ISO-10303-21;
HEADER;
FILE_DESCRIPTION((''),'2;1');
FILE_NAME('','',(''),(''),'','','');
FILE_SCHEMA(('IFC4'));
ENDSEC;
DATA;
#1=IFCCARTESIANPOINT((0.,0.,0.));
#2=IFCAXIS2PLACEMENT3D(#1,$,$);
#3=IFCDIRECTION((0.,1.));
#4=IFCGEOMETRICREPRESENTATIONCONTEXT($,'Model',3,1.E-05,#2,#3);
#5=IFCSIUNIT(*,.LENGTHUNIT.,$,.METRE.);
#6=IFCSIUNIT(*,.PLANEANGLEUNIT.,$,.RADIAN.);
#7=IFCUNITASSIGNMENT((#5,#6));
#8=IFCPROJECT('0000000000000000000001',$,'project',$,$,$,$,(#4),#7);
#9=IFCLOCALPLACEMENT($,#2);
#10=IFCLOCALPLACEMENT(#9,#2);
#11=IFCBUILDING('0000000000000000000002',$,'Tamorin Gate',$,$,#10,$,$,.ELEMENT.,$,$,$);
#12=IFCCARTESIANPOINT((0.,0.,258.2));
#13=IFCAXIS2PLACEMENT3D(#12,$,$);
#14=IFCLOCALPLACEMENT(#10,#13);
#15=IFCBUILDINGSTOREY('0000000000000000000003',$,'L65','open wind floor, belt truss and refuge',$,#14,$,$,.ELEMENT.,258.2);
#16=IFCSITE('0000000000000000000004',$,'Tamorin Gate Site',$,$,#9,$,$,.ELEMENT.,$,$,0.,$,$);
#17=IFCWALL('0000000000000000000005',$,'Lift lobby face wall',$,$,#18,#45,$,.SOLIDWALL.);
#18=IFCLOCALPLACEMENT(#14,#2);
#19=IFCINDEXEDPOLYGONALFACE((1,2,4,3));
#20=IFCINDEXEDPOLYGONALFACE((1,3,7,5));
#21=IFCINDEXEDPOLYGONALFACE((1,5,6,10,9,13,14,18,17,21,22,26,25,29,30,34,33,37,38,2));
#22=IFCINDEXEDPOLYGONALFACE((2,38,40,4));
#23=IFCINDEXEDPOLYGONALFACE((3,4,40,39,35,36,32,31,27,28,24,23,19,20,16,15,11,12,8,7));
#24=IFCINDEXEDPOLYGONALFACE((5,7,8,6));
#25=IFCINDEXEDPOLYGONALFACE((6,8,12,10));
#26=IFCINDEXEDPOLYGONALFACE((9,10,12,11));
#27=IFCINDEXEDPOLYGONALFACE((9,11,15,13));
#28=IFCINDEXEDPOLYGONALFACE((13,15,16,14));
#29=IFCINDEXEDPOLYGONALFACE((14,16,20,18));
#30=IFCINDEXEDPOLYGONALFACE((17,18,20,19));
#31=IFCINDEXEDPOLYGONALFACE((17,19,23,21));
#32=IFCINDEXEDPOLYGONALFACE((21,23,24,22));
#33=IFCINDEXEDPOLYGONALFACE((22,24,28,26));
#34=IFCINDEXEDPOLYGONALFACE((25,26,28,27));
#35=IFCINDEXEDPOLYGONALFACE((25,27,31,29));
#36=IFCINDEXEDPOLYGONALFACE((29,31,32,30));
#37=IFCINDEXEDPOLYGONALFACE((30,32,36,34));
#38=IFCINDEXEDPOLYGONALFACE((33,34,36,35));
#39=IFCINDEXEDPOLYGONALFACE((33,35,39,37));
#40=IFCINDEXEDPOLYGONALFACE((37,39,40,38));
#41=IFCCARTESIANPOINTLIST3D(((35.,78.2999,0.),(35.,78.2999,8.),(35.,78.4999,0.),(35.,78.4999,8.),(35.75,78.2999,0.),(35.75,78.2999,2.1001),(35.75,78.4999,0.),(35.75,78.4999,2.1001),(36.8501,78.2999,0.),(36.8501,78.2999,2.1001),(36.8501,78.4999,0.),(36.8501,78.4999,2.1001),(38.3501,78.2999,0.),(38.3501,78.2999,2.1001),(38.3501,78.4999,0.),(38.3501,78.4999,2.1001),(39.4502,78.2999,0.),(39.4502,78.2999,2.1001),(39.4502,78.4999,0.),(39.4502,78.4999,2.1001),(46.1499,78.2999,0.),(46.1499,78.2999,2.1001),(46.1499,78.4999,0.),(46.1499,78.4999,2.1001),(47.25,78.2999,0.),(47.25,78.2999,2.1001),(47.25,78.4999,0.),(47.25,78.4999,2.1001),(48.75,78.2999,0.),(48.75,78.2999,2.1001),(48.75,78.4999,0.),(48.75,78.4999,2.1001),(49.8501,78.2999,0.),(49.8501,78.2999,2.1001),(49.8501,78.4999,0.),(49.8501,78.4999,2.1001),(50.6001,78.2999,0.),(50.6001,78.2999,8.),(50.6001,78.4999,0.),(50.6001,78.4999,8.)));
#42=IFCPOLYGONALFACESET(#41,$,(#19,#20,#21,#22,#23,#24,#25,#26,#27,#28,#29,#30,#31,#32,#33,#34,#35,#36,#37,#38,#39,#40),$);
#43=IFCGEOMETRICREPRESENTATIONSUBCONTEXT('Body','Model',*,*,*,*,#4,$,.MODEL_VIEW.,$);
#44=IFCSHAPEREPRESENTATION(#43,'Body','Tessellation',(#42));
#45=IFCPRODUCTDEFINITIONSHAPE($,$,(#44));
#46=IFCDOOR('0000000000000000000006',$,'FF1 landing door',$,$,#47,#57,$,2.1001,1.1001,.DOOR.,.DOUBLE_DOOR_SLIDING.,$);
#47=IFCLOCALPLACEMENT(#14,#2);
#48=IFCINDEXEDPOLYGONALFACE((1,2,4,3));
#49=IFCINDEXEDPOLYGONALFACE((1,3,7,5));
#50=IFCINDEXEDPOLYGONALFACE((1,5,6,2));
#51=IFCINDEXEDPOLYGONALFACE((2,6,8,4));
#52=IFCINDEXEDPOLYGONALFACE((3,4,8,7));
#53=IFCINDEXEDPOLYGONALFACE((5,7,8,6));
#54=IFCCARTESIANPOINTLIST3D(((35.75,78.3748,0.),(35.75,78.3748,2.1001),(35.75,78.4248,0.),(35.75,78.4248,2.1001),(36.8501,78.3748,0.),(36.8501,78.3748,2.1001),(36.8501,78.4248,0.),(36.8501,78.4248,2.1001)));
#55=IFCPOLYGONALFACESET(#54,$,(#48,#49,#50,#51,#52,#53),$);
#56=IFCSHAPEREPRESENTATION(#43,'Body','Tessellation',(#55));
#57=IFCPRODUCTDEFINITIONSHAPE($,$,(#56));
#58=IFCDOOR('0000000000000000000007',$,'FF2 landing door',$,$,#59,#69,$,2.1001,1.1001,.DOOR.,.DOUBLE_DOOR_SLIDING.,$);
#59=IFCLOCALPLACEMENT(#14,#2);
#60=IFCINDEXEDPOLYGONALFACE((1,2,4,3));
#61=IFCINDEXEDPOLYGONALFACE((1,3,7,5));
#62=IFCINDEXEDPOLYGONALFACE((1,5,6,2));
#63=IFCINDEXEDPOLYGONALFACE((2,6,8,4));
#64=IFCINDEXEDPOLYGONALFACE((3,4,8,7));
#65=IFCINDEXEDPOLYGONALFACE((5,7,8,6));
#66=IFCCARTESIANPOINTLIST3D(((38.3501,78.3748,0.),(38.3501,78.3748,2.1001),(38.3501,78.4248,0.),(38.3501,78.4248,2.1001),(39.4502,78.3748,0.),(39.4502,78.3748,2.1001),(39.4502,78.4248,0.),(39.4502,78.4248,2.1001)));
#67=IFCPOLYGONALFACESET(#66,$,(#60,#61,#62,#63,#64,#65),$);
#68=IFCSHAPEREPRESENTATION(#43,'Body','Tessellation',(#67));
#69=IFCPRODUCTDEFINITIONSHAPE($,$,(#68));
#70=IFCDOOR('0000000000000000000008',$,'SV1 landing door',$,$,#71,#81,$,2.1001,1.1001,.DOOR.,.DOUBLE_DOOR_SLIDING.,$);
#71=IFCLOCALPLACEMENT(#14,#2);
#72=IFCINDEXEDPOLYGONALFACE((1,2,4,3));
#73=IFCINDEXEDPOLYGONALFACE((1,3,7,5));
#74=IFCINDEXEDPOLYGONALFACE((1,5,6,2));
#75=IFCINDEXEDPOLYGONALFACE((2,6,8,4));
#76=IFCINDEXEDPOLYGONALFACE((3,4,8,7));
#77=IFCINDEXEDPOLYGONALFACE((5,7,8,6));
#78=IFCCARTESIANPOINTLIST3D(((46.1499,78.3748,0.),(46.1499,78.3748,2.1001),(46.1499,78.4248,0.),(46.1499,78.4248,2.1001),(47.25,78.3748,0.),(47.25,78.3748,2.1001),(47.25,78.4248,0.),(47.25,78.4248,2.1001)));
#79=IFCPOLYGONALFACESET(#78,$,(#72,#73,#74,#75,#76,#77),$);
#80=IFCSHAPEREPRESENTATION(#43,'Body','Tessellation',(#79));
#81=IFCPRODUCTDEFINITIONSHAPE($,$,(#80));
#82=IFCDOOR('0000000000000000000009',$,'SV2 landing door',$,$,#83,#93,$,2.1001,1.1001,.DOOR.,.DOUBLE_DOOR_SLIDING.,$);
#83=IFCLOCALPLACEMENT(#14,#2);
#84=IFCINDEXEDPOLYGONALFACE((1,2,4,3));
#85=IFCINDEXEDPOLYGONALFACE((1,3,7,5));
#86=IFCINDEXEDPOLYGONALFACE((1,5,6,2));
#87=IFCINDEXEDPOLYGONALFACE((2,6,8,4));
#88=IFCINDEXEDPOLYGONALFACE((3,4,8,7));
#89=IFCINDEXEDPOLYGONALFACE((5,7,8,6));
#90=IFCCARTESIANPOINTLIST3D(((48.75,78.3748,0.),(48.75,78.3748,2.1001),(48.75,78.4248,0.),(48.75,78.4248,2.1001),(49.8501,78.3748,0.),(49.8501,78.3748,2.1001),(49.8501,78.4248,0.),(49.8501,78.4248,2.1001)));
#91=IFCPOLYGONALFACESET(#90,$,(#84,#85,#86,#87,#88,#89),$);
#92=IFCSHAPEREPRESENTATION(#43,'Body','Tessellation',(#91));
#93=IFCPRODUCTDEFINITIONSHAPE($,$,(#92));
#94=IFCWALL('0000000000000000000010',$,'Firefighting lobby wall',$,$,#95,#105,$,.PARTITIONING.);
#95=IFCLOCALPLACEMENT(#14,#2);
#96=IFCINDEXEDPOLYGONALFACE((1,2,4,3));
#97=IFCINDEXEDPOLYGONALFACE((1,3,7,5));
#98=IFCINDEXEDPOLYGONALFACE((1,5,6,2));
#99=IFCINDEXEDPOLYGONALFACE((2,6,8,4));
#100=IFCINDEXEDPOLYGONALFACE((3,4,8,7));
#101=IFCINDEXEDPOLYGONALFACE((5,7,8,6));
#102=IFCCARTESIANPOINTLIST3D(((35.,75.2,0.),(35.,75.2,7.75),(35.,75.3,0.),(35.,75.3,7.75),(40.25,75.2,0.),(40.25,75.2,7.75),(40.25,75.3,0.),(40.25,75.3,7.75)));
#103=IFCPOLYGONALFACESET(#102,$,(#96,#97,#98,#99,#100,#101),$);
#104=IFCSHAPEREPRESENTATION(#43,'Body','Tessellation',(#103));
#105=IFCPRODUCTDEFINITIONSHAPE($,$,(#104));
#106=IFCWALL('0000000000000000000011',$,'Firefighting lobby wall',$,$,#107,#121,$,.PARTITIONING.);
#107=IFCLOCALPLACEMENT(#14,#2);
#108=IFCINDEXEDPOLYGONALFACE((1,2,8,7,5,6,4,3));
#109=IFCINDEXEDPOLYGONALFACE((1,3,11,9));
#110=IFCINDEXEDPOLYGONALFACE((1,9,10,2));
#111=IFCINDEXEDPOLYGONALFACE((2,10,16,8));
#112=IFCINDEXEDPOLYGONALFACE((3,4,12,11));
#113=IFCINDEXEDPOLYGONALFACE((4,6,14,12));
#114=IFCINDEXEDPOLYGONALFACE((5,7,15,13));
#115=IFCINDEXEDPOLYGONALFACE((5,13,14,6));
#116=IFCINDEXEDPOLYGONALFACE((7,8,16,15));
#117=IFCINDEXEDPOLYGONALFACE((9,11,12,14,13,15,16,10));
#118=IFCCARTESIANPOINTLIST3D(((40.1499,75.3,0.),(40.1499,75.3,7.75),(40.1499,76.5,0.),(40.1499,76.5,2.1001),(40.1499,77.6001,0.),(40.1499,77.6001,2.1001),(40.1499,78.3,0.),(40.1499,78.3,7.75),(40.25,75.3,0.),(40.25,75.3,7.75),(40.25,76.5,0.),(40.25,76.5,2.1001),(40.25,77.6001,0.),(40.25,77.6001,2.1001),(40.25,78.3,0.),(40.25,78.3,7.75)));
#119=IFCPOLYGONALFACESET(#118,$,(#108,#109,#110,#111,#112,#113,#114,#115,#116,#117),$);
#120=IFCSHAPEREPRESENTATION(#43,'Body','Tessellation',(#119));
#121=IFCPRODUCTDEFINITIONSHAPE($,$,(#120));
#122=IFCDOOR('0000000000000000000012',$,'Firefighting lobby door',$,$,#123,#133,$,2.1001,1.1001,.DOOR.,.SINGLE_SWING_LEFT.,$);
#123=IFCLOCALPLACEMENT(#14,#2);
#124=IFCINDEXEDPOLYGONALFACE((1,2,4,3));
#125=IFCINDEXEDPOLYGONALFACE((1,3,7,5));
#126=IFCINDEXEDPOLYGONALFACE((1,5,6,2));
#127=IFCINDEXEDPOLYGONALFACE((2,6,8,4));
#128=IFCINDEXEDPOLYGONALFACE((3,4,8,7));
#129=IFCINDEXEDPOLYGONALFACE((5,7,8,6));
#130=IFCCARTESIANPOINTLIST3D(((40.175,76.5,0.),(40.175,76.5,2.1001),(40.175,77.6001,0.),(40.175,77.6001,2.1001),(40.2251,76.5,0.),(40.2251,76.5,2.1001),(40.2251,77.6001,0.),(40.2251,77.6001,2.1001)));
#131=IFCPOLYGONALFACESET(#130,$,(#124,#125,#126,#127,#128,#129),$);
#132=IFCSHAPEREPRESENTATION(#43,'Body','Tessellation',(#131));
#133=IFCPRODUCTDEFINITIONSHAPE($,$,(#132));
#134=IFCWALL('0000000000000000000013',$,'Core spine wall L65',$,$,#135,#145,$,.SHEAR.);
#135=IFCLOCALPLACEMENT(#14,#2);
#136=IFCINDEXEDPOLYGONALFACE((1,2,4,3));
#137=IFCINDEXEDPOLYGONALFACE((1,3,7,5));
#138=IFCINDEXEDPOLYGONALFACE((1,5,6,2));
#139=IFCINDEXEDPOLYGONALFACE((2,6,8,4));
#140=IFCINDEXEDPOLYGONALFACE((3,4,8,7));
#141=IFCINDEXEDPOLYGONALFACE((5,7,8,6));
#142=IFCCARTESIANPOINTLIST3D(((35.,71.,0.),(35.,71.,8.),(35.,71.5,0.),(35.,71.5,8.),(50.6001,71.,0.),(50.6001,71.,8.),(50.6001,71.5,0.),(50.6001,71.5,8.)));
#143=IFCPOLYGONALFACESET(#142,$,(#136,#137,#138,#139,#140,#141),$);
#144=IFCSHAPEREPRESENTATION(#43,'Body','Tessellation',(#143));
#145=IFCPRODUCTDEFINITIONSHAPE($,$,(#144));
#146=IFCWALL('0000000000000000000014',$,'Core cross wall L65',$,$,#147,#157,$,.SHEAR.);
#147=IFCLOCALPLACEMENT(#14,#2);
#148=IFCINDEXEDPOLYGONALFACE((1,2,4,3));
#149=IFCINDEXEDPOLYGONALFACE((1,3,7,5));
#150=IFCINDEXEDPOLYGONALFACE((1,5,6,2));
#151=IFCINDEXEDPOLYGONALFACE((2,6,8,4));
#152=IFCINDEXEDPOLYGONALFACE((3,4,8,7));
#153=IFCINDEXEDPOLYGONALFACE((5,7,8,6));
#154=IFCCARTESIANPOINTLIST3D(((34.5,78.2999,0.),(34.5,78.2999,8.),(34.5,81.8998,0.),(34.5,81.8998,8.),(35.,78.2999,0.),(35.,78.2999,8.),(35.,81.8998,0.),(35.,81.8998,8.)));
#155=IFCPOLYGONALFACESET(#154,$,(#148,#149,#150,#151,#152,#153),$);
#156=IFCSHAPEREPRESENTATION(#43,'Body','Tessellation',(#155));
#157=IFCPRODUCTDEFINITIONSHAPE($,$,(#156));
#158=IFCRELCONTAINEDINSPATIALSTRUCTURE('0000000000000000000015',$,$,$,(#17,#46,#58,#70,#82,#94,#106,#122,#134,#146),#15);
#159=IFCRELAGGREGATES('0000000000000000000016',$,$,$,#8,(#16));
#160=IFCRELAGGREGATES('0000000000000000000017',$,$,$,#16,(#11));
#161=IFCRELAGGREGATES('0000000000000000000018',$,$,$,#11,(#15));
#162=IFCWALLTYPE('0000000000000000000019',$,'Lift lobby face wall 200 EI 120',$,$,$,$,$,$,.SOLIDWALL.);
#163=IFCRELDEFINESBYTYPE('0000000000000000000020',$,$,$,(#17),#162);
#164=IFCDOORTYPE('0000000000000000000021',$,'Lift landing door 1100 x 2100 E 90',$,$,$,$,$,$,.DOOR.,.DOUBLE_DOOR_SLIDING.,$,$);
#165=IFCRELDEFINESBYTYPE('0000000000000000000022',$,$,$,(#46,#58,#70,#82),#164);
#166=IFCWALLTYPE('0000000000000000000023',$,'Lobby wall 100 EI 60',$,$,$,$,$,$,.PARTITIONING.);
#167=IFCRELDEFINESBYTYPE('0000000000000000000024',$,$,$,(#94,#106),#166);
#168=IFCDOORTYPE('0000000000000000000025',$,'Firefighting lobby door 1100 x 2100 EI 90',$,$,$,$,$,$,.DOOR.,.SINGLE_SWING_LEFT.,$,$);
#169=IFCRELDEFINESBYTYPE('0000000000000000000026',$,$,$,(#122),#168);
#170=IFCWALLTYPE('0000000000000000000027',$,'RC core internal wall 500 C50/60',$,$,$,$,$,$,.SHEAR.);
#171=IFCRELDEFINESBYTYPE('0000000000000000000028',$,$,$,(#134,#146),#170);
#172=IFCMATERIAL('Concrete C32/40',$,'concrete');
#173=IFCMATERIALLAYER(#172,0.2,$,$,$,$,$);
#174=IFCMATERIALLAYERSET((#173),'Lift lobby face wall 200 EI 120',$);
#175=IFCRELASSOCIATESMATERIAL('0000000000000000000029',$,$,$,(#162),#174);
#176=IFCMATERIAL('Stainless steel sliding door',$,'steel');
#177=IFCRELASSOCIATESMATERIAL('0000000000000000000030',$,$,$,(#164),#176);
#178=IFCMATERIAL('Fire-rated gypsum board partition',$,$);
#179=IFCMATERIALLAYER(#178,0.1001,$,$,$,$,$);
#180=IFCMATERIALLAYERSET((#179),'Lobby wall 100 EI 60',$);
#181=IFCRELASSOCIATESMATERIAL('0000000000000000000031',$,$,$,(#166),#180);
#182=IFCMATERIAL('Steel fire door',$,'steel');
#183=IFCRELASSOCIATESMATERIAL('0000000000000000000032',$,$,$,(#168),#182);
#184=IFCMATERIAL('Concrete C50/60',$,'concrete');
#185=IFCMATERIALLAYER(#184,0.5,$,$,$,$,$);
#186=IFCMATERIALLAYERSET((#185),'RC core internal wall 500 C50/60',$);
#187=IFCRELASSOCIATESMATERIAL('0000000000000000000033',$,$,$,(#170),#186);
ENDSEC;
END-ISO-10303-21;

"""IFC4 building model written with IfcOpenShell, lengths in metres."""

from ifc_helpers import new_model, si_unit, direction, frame, frame_2d, origin, place, context, subcontext, project, spatial, rectangle, extrude, material, layer, layer_set, type_object, element, fill, save


model = new_model("IFC4")

# Units and contexts
model_context = context("Model", 3, precision=1e-05, world=origin(), true_north=direction((0.0, 1.0)))
body_context = subcontext(model_context, "Body", "Model", "MODEL_VIEW")
ifc_project = project(units=[si_unit("LENGTHUNIT", "METRE"), si_unit("PLANEANGLEUNIT", "RADIAN")], contexts=[model_context])

# Site, building, storey
site_placement = place(None, origin())
site = spatial("IfcSite", under=ifc_project, at=site_placement, Name="Tamorin Gate Site", CompositionType="ELEMENT", RefElevation=0.0)
building_placement = place(site_placement, origin())
building = spatial("IfcBuilding", under=site, at=building_placement, Name="Tamorin Gate", CompositionType="ELEMENT")
storey_placement = place(building_placement, frame((0.0, 0.0, 258.2)))
storey = spatial("IfcBuildingStorey", under=building, at=storey_placement, Name="L65", Description="open wind floor, belt truss and refuge", CompositionType="ELEMENT", Elevation=258.2)

# Wall, openings, doors
ifc_material_1 = material(Name="Concrete C32/40", Category="concrete")
ifc_layer_1 = layer(ifc_material_1, 0.2)
ifc_layer_set_1 = layer_set([ifc_layer_1], Name="Lift lobby face wall 200 EI 120")
wall_type_1 = type_object("IfcWallType", Name="Lift lobby face wall 200 EI 120", PredefinedType="SOLIDWALL", material=ifc_layer_set_1)
ifc_material_2 = material(Name="Stainless steel sliding door", Category="steel")
door_type_1 = type_object("IfcDoorType", Name="Lift landing door 1100 x 2100 E 90", OperationType="DOUBLE_DOOR_SLIDING", PredefinedType="DOOR", material=ifc_material_2)
wall_1_placement = place(storey_placement, frame((35.0, 78.3999, 0.0), z_axis=(0.0, 0.0, 1.0), x_axis=(1.0, 0.0, 0.0)))
wall_1 = element("IfcWall", 1, at=wall_1_placement, inside=storey, type_object=wall_type_1, Name="Lift lobby face wall", PredefinedType="SOLIDWALL", context=body_context, shape_type="SweptSolid", body=[
    extrude(rectangle(XDim=15.6001, YDim=0.2, at=frame_2d((7.8, 0.0))), origin(), (0.0, 0.0, 1.0), 8.0),
])
opening_1_placement = place(wall_1_placement, frame((0.75, 0.0, 0.0)))
opening_1 = element("IfcOpeningElement", 2, at=opening_1_placement, cuts=wall_1, PredefinedType="OPENING", context=body_context, shape_type="SweptSolid", body=[
    extrude(rectangle(XDim=1.1001, YDim=2.1001, at=frame_2d((0.55, 1.05))), frame((0.0, 0.1099, 0.0), z_axis=(0.0, -1.0, 0.0), x_axis=(1.0, 0.0, 0.0)), (0.0, 0.0, 1.0), 0.22),
])
opening_2_placement = place(wall_1_placement, frame((3.3501, 0.0, 0.0)))
opening_2 = element("IfcOpeningElement", 3, at=opening_2_placement, cuts=wall_1, PredefinedType="OPENING", context=body_context, shape_type="SweptSolid", body=[
    extrude(rectangle(XDim=1.1001, YDim=2.1001, at=frame_2d((0.55, 1.05))), frame((0.0, 0.1099, 0.0), z_axis=(0.0, -1.0, 0.0), x_axis=(1.0, 0.0, 0.0)), (0.0, 0.0, 1.0), 0.22),
])
opening_3_placement = place(wall_1_placement, frame((11.1499, 0.0, 0.0)))
opening_3 = element("IfcOpeningElement", 4, at=opening_3_placement, cuts=wall_1, PredefinedType="OPENING", context=body_context, shape_type="SweptSolid", body=[
    extrude(rectangle(XDim=1.1001, YDim=2.1001, at=frame_2d((0.55, 1.05))), frame((0.0, 0.1099, 0.0), z_axis=(0.0, -1.0, 0.0), x_axis=(1.0, 0.0, 0.0)), (0.0, 0.0, 1.0), 0.22),
])
opening_4_placement = place(wall_1_placement, frame((13.75, 0.0, 0.0)))
opening_4 = element("IfcOpeningElement", 5, at=opening_4_placement, cuts=wall_1, PredefinedType="OPENING", context=body_context, shape_type="SweptSolid", body=[
    extrude(rectangle(XDim=1.1001, YDim=2.1001, at=frame_2d((0.55, 1.05))), frame((0.0, 0.1099, 0.0), z_axis=(0.0, -1.0, 0.0), x_axis=(1.0, 0.0, 0.0)), (0.0, 0.0, 1.0), 0.22),
])
door_1_placement = place(opening_1_placement, origin())
door_1 = element("IfcDoor", 6, at=door_1_placement, inside=storey, type_object=door_type_1, Name="FF1 landing door", OperationType="DOUBLE_DOOR_SLIDING", OverallHeight=2.1001, OverallWidth=1.1001, PredefinedType="DOOR", context=body_context, shape_type="SweptSolid", body=[
    extrude(rectangle(XDim=1.1001, YDim=2.1001, at=frame_2d((0.55, 1.05))), frame((0.0, 0.0249, 0.0), z_axis=(0.0, -1.0, 0.0), x_axis=(1.0, 0.0, 0.0)), (0.0, 0.0, 1.0), 0.05),
])
fill(opening_1, door_1)
door_2_placement = place(opening_2_placement, origin())
door_2 = element("IfcDoor", 7, at=door_2_placement, inside=storey, type_object=door_type_1, Name="FF2 landing door", OperationType="DOUBLE_DOOR_SLIDING", OverallHeight=2.1001, OverallWidth=1.1001, PredefinedType="DOOR", context=body_context, shape_type="SweptSolid", body=[
    extrude(rectangle(XDim=1.1001, YDim=2.1001, at=frame_2d((0.55, 1.05))), frame((0.0, 0.0249, 0.0), z_axis=(0.0, -1.0, 0.0), x_axis=(1.0, 0.0, 0.0)), (0.0, 0.0, 1.0), 0.05),
])
fill(opening_2, door_2)
door_3_placement = place(opening_3_placement, origin())
door_3 = element("IfcDoor", 8, at=door_3_placement, inside=storey, type_object=door_type_1, Name="SV1 landing door", OperationType="DOUBLE_DOOR_SLIDING", OverallHeight=2.1001, OverallWidth=1.1001, PredefinedType="DOOR", context=body_context, shape_type="SweptSolid", body=[
    extrude(rectangle(XDim=1.1001, YDim=2.1001, at=frame_2d((0.55, 1.05))), frame((0.0, 0.0249, 0.0), z_axis=(0.0, -1.0, 0.0), x_axis=(1.0, 0.0, 0.0)), (0.0, 0.0, 1.0), 0.05),
])
fill(opening_3, door_3)
door_4_placement = place(opening_4_placement, origin())
door_4 = element("IfcDoor", 9, at=door_4_placement, inside=storey, type_object=door_type_1, Name="SV2 landing door", OperationType="DOUBLE_DOOR_SLIDING", OverallHeight=2.1001, OverallWidth=1.1001, PredefinedType="DOOR", context=body_context, shape_type="SweptSolid", body=[
    extrude(rectangle(XDim=1.1001, YDim=2.1001, at=frame_2d((0.55, 1.05))), frame((0.0, 0.0249, 0.0), z_axis=(0.0, -1.0, 0.0), x_axis=(1.0, 0.0, 0.0)), (0.0, 0.0, 1.0), 0.05),
])
fill(opening_4, door_4)

# Wall
ifc_material_3 = material(Name="Fire-rated gypsum board partition")
ifc_layer_2 = layer(ifc_material_3, 0.1001)
ifc_layer_set_2 = layer_set([ifc_layer_2], Name="Lobby wall 100 EI 60")
wall_type_2 = type_object("IfcWallType", Name="Lobby wall 100 EI 60", PredefinedType="PARTITIONING", material=ifc_layer_set_2)
wall_2_placement = place(storey_placement, frame((35.0, 75.25, 0.0), z_axis=(0.0, 0.0, 1.0), x_axis=(1.0, 0.0, 0.0)))
element("IfcWall", 10, at=wall_2_placement, inside=storey, type_object=wall_type_2, Name="Firefighting lobby wall", PredefinedType="PARTITIONING", context=body_context, shape_type="SweptSolid", body=[
    extrude(rectangle(XDim=5.25, YDim=0.1001, at=frame_2d((2.625, 0.0))), origin(), (0.0, 0.0, 1.0), 7.75),
])

# Wall, opening, door
wall_3_placement = place(storey_placement, frame((40.2, 75.3, 0.0), z_axis=(0.0, 0.0, 1.0), x_axis=(0.0, 1.0, 0.0)))
wall_3 = element("IfcWall", 11, at=wall_3_placement, inside=storey, type_object=wall_type_2, Name="Firefighting lobby wall", PredefinedType="PARTITIONING", context=body_context, shape_type="SweptSolid", body=[
    extrude(rectangle(XDim=3.0, YDim=0.1001, at=frame_2d((1.5, 0.0))), origin(), (0.0, 0.0, 1.0), 7.75),
])
opening_5_placement = place(wall_3_placement, frame((1.2, 0.0, 0.0)))
opening_5 = element("IfcOpeningElement", 12, at=opening_5_placement, cuts=wall_3, PredefinedType="OPENING", context=body_context, shape_type="SweptSolid", body=[
    extrude(rectangle(XDim=1.1001, YDim=2.1001, at=frame_2d((0.55, 1.05))), frame((0.0, 0.0601, 0.0), z_axis=(0.0, -1.0, 0.0), x_axis=(1.0, 0.0, 0.0)), (0.0, 0.0, 1.0), 0.1201),
])
ifc_material_4 = material(Name="Steel fire door", Category="steel")
door_type_2 = type_object("IfcDoorType", Name="Firefighting lobby door 1100 x 2100 EI 90", OperationType="SINGLE_SWING_LEFT", PredefinedType="DOOR", material=ifc_material_4)
door_5_placement = place(opening_5_placement, origin())
door_5 = element("IfcDoor", 13, at=door_5_placement, inside=storey, type_object=door_type_2, Name="Firefighting lobby door", OperationType="SINGLE_SWING_LEFT", OverallHeight=2.1001, OverallWidth=1.1001, PredefinedType="DOOR", context=body_context, shape_type="SweptSolid", body=[
    extrude(rectangle(XDim=1.1001, YDim=2.1001, at=frame_2d((0.55, 1.05))), frame((0.0, 0.0249, 0.0), z_axis=(0.0, -1.0, 0.0), x_axis=(1.0, 0.0, 0.0)), (0.0, 0.0, 1.0), 0.05),
])
fill(opening_5, door_5)

# Walls
ifc_material_5 = material(Name="Concrete C50/60", Category="concrete")
ifc_layer_3 = layer(ifc_material_5, 0.5)
ifc_layer_set_3 = layer_set([ifc_layer_3], Name="RC core internal wall 500 C50/60")
wall_type_3 = type_object("IfcWallType", Name="RC core internal wall 500 C50/60", PredefinedType="SHEAR", material=ifc_layer_set_3)
wall_4_placement = place(storey_placement, frame((35.0, 71.25, 0.0), z_axis=(0.0, 0.0, 1.0), x_axis=(1.0, 0.0, 0.0)))
element("IfcWall", 14, at=wall_4_placement, inside=storey, type_object=wall_type_3, Name="Core spine wall L65", PredefinedType="SHEAR", context=body_context, shape_type="SweptSolid", body=[
    extrude(rectangle(XDim=15.6001, YDim=0.5, at=frame_2d((7.8, 0.0))), origin(), (0.0, 0.0, 1.0), 8.0),
])
wall_5_placement = place(storey_placement, frame((34.75, 78.3, 0.0), z_axis=(0.0, 0.0, 1.0), x_axis=(0.0, 1.0, 0.0)))
element("IfcWall", 15, at=wall_5_placement, inside=storey, type_object=wall_type_3, Name="Core cross wall L65", PredefinedType="SHEAR", context=body_context, shape_type="SweptSolid", body=[
    extrude(rectangle(XDim=3.5999, YDim=0.5, at=frame_2d((1.7998, 0.0))), origin(), (0.0, 0.0, 1.0), 8.0),
])

save(model, "model.ifc")
